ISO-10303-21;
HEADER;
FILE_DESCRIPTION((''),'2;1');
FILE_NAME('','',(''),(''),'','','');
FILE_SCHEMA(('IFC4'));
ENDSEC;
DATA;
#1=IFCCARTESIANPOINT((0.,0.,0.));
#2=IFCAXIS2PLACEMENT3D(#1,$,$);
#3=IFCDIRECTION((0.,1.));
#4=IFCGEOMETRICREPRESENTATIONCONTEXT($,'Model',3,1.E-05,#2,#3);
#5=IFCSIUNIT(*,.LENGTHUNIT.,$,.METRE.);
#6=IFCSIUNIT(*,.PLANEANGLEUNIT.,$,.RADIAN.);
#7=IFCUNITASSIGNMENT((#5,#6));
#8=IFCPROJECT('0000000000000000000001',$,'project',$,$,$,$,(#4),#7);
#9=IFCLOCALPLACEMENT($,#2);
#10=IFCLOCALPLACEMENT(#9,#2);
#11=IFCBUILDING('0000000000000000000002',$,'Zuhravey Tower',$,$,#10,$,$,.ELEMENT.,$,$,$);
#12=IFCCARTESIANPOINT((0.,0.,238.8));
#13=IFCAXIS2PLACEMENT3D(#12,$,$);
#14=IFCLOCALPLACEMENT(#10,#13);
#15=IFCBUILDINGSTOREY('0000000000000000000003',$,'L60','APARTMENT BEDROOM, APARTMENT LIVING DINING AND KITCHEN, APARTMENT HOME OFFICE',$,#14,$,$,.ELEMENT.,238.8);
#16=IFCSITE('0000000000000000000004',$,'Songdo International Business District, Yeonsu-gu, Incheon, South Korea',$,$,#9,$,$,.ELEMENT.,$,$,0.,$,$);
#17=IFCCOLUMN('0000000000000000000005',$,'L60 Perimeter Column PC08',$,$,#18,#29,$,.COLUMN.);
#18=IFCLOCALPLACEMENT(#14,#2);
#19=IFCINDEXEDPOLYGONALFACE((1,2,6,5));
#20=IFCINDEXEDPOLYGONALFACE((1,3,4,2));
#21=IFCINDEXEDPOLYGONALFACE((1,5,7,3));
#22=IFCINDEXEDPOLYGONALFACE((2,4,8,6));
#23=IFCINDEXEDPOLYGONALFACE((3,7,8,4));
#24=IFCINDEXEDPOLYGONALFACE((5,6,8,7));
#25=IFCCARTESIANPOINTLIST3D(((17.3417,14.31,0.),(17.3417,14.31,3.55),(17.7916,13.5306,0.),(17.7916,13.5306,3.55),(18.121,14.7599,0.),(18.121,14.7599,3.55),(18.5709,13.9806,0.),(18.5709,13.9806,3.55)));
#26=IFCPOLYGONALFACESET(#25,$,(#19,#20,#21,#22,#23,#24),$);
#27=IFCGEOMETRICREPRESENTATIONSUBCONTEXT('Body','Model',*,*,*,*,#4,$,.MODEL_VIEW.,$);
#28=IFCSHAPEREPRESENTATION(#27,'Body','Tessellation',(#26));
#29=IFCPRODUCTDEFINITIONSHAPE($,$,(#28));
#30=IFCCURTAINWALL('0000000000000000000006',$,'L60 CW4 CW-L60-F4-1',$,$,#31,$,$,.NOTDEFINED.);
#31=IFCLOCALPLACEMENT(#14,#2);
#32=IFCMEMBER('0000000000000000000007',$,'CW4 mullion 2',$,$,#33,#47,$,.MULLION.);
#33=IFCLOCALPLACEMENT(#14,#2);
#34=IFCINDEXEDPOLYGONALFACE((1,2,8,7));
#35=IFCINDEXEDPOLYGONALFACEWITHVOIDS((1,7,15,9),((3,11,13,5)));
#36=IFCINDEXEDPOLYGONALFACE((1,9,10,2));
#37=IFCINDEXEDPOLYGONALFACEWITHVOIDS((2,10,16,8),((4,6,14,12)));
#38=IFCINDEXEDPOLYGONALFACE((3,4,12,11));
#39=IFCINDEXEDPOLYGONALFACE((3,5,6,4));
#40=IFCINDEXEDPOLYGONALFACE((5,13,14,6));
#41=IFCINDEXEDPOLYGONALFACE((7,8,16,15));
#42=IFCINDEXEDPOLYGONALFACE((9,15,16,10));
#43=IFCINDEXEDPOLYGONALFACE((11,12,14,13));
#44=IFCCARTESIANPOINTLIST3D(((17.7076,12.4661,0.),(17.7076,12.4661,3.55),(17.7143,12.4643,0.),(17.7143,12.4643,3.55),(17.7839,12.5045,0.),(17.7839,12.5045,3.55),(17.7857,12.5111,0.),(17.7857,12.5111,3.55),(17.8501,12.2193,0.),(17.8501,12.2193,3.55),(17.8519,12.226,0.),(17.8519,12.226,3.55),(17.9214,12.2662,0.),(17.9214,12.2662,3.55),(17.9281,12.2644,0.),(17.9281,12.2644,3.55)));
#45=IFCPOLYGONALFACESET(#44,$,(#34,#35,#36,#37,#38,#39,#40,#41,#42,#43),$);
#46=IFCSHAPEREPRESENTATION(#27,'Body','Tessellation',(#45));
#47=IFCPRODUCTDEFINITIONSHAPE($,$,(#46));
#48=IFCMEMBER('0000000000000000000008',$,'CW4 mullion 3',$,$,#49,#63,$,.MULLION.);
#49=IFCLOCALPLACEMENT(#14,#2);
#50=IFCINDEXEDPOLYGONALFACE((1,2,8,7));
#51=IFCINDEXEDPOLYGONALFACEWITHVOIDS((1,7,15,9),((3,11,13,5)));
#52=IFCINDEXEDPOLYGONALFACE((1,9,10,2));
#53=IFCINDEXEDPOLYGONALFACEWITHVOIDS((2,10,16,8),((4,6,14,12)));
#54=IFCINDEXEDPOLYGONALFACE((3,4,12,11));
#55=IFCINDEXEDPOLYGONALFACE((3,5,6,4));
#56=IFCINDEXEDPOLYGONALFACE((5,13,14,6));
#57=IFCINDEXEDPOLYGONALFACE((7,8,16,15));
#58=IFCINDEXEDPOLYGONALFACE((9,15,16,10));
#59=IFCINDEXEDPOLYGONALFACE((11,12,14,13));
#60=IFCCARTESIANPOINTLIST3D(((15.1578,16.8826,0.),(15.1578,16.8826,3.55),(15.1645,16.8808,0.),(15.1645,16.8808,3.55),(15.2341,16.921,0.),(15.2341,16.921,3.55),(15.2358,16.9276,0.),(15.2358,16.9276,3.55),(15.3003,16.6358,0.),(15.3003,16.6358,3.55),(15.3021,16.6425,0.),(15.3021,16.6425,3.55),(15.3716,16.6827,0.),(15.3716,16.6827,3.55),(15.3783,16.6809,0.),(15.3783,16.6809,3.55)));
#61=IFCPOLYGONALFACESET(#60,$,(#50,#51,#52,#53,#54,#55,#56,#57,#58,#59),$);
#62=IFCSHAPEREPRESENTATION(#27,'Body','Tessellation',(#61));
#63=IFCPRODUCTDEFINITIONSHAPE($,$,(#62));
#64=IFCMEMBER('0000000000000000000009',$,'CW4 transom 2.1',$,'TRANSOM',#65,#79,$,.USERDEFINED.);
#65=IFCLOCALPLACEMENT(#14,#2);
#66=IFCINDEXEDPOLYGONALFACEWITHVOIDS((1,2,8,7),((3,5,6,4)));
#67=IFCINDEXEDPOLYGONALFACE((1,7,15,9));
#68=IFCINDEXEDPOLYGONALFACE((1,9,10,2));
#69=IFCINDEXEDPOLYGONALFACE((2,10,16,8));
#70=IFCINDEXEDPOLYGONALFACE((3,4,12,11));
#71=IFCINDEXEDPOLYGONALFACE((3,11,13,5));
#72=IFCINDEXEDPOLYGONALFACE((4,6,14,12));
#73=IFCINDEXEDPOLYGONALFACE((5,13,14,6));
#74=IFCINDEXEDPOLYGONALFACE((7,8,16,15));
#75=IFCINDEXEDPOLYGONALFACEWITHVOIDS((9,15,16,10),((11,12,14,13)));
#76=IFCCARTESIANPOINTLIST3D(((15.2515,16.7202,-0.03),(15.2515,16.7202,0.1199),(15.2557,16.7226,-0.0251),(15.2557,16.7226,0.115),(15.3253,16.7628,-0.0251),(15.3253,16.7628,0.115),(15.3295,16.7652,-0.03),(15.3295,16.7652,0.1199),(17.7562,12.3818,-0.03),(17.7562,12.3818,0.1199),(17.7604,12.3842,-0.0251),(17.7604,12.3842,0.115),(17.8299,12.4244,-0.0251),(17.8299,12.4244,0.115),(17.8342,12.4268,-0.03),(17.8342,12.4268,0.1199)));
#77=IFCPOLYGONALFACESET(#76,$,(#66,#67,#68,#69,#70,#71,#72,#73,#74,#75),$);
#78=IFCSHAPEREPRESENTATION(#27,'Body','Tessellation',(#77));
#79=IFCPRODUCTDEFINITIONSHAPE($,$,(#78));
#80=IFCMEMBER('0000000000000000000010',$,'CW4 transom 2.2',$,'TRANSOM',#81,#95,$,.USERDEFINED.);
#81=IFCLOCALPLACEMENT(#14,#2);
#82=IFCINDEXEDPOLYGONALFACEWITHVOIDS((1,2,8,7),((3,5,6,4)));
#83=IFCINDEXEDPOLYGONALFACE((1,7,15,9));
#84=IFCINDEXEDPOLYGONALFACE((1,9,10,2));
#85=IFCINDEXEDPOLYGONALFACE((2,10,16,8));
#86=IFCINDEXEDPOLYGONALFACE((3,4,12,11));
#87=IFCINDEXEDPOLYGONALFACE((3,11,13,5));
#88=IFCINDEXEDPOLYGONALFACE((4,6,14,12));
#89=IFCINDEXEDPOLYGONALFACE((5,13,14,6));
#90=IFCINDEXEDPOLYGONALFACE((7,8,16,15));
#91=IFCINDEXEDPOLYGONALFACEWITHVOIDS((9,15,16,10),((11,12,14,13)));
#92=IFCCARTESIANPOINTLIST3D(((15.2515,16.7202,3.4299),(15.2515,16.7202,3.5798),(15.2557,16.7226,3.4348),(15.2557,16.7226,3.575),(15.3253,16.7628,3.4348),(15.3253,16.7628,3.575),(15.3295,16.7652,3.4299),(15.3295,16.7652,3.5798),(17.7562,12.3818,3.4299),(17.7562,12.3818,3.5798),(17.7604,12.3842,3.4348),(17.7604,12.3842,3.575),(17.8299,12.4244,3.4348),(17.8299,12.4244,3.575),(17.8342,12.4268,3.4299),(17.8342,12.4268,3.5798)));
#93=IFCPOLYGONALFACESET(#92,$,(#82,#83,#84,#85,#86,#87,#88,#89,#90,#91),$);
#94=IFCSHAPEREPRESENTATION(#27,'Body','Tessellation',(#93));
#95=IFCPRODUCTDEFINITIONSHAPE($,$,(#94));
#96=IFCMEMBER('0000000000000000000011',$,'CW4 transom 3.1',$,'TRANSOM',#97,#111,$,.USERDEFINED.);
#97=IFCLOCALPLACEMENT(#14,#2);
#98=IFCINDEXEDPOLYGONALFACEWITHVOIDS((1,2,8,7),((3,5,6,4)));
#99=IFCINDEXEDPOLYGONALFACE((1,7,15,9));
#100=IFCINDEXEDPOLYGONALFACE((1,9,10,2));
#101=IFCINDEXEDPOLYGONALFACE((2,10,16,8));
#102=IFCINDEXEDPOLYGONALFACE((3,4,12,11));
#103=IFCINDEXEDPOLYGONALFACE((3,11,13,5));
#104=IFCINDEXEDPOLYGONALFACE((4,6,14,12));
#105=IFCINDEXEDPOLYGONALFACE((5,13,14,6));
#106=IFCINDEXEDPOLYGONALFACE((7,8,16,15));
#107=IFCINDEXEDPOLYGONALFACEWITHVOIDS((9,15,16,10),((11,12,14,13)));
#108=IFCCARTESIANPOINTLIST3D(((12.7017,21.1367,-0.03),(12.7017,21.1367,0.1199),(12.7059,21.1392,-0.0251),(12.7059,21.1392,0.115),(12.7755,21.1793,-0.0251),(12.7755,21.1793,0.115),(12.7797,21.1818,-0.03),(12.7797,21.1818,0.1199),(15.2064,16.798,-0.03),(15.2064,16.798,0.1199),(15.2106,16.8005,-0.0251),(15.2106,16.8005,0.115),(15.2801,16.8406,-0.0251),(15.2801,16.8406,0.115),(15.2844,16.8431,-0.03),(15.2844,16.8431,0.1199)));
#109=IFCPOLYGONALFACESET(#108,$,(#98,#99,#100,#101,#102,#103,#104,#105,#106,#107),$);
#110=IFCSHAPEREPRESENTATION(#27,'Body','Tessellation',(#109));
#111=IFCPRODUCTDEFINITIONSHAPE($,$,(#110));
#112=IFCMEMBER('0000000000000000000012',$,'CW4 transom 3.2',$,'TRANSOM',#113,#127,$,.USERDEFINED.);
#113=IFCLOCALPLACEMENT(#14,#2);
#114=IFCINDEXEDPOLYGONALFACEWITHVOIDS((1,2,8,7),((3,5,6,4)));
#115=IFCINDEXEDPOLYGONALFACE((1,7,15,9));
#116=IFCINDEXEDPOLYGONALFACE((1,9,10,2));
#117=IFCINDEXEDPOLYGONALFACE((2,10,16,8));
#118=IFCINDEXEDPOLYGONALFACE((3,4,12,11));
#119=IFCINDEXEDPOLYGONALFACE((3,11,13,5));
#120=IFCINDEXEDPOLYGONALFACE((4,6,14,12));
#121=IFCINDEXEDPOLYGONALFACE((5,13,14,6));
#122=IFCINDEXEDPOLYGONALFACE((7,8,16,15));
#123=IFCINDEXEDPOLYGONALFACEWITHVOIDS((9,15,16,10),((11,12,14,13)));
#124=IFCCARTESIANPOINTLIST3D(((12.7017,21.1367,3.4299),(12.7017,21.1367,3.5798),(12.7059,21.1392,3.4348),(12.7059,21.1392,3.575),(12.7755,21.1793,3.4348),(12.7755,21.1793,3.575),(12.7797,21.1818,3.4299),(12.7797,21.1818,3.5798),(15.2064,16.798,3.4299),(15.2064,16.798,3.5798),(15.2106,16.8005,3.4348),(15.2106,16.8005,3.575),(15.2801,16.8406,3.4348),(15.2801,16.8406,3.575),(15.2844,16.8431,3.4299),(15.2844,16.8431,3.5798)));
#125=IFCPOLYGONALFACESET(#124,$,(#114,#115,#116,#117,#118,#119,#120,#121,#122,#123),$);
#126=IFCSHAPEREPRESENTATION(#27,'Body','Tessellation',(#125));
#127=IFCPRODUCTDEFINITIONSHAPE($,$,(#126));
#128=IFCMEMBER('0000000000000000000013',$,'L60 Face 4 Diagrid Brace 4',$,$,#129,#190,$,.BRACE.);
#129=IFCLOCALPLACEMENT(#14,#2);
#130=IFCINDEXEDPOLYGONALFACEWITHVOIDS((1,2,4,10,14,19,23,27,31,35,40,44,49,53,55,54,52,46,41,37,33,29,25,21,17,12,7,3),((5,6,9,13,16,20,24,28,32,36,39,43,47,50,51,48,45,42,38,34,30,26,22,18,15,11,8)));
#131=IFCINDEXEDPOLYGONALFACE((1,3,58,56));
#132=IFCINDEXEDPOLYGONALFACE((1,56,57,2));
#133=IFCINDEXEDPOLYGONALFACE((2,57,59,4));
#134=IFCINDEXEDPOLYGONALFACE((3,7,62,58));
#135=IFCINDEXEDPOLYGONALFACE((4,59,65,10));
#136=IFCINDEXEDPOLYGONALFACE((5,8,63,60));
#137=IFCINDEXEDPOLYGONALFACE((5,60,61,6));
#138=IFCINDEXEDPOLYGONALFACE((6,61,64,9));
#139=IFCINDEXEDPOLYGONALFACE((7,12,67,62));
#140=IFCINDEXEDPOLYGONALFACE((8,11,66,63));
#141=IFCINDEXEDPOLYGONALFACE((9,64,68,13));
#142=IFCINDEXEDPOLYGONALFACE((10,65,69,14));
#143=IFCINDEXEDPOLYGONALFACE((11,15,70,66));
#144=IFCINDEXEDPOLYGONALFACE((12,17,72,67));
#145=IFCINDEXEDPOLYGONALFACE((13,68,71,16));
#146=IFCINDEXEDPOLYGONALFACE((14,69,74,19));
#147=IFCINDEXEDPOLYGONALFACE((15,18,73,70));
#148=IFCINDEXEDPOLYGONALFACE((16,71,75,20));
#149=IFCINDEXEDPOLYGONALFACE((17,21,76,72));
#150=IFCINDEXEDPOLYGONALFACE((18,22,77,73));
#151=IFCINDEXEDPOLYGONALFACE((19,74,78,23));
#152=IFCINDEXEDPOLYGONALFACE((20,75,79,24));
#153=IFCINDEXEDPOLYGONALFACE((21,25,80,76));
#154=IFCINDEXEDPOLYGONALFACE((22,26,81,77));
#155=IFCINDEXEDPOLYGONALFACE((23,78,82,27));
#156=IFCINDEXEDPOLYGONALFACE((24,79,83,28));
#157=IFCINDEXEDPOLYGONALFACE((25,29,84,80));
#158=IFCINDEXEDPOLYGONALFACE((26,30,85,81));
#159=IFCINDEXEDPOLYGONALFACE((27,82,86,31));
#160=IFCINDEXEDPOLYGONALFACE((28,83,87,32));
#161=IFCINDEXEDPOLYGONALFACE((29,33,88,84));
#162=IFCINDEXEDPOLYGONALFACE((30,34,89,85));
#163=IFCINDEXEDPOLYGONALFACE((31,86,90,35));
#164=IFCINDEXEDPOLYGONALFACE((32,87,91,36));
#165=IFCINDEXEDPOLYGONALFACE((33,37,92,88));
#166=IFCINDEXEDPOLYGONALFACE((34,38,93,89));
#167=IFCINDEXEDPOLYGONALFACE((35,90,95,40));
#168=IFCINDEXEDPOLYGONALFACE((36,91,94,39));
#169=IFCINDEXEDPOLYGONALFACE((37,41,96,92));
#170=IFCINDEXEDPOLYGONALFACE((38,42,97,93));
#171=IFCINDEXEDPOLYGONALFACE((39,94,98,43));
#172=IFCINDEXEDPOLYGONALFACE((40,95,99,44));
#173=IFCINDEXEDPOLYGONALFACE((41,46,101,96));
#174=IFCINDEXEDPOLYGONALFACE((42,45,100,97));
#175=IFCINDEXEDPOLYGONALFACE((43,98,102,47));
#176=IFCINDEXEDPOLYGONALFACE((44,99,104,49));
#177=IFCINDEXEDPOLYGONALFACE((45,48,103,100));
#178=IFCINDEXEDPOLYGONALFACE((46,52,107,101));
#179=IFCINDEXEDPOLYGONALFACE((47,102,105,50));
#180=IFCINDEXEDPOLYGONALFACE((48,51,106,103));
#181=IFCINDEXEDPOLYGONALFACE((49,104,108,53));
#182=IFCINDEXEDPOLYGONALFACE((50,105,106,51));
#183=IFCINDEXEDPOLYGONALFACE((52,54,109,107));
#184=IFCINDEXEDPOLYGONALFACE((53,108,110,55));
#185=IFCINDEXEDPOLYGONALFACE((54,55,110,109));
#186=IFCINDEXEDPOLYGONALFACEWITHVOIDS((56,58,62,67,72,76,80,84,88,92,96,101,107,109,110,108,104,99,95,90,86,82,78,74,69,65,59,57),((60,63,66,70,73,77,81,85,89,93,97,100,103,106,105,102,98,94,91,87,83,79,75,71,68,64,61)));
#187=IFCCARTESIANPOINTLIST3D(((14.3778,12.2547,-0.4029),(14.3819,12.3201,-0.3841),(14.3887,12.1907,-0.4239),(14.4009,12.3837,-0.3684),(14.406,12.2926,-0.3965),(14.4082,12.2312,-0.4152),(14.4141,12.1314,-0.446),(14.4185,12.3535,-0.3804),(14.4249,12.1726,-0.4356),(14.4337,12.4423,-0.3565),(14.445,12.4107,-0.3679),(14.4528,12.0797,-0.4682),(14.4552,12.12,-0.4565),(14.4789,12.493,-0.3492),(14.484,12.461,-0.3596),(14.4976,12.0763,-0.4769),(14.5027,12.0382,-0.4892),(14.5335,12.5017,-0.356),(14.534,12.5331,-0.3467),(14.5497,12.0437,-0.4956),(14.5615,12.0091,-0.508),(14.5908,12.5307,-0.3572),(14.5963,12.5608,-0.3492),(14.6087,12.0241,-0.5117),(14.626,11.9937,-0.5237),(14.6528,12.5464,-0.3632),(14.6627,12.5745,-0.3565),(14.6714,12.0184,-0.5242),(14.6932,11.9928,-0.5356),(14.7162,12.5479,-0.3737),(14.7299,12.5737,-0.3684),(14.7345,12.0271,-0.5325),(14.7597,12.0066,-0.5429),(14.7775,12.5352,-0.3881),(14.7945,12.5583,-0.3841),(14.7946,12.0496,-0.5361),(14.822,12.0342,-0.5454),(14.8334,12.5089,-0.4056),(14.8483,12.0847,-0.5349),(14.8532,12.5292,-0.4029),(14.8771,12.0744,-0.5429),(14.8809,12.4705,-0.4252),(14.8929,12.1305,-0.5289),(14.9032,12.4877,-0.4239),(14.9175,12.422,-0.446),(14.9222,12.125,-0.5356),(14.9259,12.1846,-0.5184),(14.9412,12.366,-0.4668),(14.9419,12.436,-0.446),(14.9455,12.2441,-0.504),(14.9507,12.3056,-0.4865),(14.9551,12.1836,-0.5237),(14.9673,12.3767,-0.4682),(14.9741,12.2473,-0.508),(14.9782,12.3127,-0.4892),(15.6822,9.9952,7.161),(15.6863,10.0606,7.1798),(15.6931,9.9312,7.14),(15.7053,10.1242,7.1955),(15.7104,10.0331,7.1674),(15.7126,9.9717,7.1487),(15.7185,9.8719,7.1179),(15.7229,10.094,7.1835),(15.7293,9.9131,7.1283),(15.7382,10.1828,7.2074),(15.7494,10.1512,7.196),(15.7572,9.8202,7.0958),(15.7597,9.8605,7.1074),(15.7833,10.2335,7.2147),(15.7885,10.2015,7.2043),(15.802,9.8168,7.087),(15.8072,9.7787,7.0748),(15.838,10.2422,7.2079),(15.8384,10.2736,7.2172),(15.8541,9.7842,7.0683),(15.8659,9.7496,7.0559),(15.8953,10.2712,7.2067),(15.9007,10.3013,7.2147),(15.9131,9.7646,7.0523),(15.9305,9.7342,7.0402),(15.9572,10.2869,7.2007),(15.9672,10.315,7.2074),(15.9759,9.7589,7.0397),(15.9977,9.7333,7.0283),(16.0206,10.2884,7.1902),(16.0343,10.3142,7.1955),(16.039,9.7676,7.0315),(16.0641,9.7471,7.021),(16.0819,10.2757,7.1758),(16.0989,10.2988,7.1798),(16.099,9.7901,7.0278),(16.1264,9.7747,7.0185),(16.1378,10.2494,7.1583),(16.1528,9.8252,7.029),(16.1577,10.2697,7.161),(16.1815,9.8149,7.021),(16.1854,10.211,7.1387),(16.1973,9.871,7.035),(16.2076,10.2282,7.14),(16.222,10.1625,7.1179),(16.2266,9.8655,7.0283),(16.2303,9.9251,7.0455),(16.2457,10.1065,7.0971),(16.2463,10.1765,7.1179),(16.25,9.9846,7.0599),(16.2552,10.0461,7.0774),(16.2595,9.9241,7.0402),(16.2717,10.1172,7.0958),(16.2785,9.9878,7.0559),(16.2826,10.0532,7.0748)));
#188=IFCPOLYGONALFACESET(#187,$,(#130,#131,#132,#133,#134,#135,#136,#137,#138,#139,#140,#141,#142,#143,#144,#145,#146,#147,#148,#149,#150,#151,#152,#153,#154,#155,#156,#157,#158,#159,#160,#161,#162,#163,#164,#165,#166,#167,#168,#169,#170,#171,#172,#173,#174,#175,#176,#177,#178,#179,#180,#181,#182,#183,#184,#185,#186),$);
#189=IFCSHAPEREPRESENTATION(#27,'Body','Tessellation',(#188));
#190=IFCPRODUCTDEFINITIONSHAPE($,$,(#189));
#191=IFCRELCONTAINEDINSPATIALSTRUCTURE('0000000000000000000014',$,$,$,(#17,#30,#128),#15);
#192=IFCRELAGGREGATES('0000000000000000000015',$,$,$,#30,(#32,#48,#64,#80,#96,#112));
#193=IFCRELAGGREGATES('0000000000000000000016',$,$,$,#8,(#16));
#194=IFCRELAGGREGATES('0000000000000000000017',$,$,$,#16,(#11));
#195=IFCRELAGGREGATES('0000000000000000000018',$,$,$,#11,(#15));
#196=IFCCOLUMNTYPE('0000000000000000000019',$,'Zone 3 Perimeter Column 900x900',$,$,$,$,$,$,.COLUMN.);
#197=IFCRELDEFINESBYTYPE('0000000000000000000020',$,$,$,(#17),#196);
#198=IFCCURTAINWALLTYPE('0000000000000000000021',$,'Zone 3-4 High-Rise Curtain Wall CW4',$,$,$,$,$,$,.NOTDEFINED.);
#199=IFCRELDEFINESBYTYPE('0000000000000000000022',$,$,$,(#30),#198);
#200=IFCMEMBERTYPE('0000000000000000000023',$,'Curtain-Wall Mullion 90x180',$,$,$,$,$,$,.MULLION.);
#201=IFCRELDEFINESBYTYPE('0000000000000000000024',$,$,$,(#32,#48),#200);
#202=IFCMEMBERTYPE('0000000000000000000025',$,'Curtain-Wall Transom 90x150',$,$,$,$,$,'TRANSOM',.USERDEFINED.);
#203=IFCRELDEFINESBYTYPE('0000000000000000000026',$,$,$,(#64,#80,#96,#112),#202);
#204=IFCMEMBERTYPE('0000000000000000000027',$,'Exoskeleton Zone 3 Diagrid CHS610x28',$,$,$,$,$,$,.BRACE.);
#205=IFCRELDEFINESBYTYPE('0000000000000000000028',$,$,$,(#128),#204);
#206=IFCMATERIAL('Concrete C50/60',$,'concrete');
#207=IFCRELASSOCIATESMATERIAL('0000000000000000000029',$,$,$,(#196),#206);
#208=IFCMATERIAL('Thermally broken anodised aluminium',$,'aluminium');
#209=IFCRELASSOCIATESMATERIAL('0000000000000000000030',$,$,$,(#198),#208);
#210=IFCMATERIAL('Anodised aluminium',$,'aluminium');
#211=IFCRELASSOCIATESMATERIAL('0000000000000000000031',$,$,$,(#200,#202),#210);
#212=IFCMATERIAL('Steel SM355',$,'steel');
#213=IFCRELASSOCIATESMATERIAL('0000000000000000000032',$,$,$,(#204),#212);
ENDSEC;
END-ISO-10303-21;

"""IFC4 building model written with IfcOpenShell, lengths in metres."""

from ifc_helpers import new_model, si_unit, direction, frame, origin, origin_2d, place, context, subcontext, project, spatial, rectangle, hollow_rectangle, hollow_circle, extrude, material, material_profile, profile_set, type_object, element, aggregate, save


model = new_model("IFC4")

# Units and contexts
model_context = context("Model", 3, precision=1e-05, world=origin(), true_north=direction((0.0, 1.0)))
body_context = subcontext(model_context, "Body", "Model", "MODEL_VIEW")
ifc_project = project(units=[si_unit("LENGTHUNIT", "METRE"), si_unit("PLANEANGLEUNIT", "RADIAN")], contexts=[model_context])

# Site, building, storey
site_placement = place(None, origin())
site = spatial("IfcSite", under=ifc_project, at=site_placement, Name="Songdo International Business District, Yeonsu-gu, Incheon, South Korea", CompositionType="ELEMENT", RefElevation=0.0)
building_placement = place(site_placement, origin())
building = spatial("IfcBuilding", under=site, at=building_placement, Name="Zuhravey Tower", CompositionType="ELEMENT")
storey_placement = place(building_placement, frame((0.0, 0.0, 238.8)))
storey = spatial("IfcBuildingStorey", under=building, at=storey_placement, Name="L60", Description="APARTMENT BEDROOM, APARTMENT LIVING DINING AND KITCHEN, APARTMENT HOME OFFICE", CompositionType="ELEMENT", Elevation=238.8)

# Column
ifc_material_1 = material(Name="Concrete C50/60", Category="concrete")
ifc_material_profile_1 = material_profile(ifc_material_1, rectangle(XDim=0.8999, YDim=0.8999, at=origin_2d()), Name="RC-900x900")
ifc_profile_set_1 = profile_set([ifc_material_profile_1], Name="Concrete C50/60")
column_type = type_object("IfcColumnType", Name="Zone 3 Perimeter Column 900x900", PredefinedType="COLUMN", material=ifc_profile_set_1)
column_placement = place(storey_placement, frame((17.9563, 14.1453, 0.0), z_axis=(0.0, 0.0, 1.0), x_axis=(0.5, -0.866025, 0.0)))
element("IfcColumn", 1, at=column_placement, inside=storey, type_object=column_type, Name="L60 Perimeter Column PC08", PredefinedType="COLUMN", context=body_context, shape_type="SweptSolid", body=[
    extrude(rectangle(XDim=0.8999, YDim=0.8999, at=origin_2d()), origin(), (0.0, 0.0, 1.0), 3.55),
])

# Curtain wall, members
ifc_material_2 = material(Name="Thermally broken anodised aluminium", Category="aluminium")
curtain_wall_type = type_object("IfcCurtainWallType", Name="Zone 3-4 High-Rise Curtain Wall CW4", PredefinedType="NOTDEFINED", material=ifc_material_2)
curtain_wall_placement = place(storey_placement, origin())
curtain_wall = element("IfcCurtainWall", 2, at=curtain_wall_placement, inside=storey, type_object=curtain_wall_type, Name="L60 CW4 CW-L60-F4-1", PredefinedType="NOTDEFINED")
ifc_material_3 = material(Name="Anodised aluminium", Category="aluminium")
ifc_material_profile_2 = material_profile(ifc_material_3, hollow_rectangle(XDim=0.0901, YDim=0.2849, WallThickness=0.0049, at=origin_2d()), Name="ALU-RHS-90x285x5")
ifc_profile_set_2 = profile_set([ifc_material_profile_2], Name="Anodised aluminium")
member_type_1 = type_object("IfcMemberType", Name="Curtain-Wall Mullion 90x180", PredefinedType="MULLION", material=ifc_profile_set_2)
member_1_placement = place(storey_placement, frame((17.8179, 12.3652, 0.0), z_axis=(0.0, 0.0, 1.0), x_axis=(-0.866024, -0.500002, 0.0)))
member_1 = element("IfcMember", 3, at=member_1_placement, type_object=member_type_1, Name="CW4 mullion 2", PredefinedType="MULLION", context=body_context, shape_type="SweptSolid", body=[
    extrude(hollow_rectangle(XDim=0.0901, YDim=0.2849, WallThickness=0.0049, at=origin_2d()), origin(), (0.0, 0.0, 1.0), 3.55),
])
member_2_placement = place(storey_placement, frame((15.2681, 16.7817, 0.0), z_axis=(0.0, 0.0, 1.0), x_axis=(-0.866024, -0.500002, 0.0)))
member_2 = element("IfcMember", 4, at=member_2_placement, type_object=member_type_1, Name="CW4 mullion 3", PredefinedType="MULLION", context=body_context, shape_type="SweptSolid", body=[
    extrude(hollow_rectangle(XDim=0.0901, YDim=0.2849, WallThickness=0.0049, at=origin_2d()), origin(), (0.0, 0.0, 1.0), 3.55),
])
ifc_material_profile_3 = material_profile(ifc_material_3, hollow_rectangle(XDim=0.0901, YDim=0.1499, WallThickness=0.0049, at=origin_2d()), Name="ALU-RHS-90x150x5")
ifc_profile_set_3 = profile_set([ifc_material_profile_3], Name="Anodised aluminium")
member_type_2 = type_object("IfcMemberType", Name="Curtain-Wall Transom 90x150", ElementType="TRANSOM", PredefinedType="USERDEFINED", material=ifc_profile_set_3)
member_3_placement = place(storey_placement, frame((17.7952, 12.4043, 0.0449), z_axis=(-0.499981, 0.866036, 0.0), x_axis=(-0.866036, -0.499981, 0.0)))
member_3 = element("IfcMember", 5, at=member_3_placement, type_object=member_type_2, Name="CW4 transom 2.1", ObjectType="TRANSOM", PredefinedType="USERDEFINED", context=body_context, shape_type="SweptSolid", body=[
    extrude(hollow_rectangle(XDim=0.0901, YDim=0.1499, WallThickness=0.0049, at=origin_2d()), origin(), (0.0, 0.0, 1.0), 5.0095),
])
member_4_placement = place(storey_placement, frame((17.7952, 12.4043, 3.5049), z_axis=(-0.499981, 0.866036, 0.0), x_axis=(-0.866036, -0.499981, 0.0)))
member_4 = element("IfcMember", 6, at=member_4_placement, type_object=member_type_2, Name="CW4 transom 2.2", ObjectType="TRANSOM", PredefinedType="USERDEFINED", context=body_context, shape_type="SweptSolid", body=[
    extrude(hollow_rectangle(XDim=0.0901, YDim=0.1499, WallThickness=0.0049, at=origin_2d()), origin(), (0.0, 0.0, 1.0), 5.0095),
])
member_5_placement = place(storey_placement, frame((15.2454, 16.8206, 0.0449), z_axis=(-0.49996, 0.866048, 0.0), x_axis=(-0.866048, -0.49996, 0.0)))
member_5 = element("IfcMember", 7, at=member_5_placement, type_object=member_type_2, Name="CW4 transom 3.1", ObjectType="TRANSOM", PredefinedType="USERDEFINED", context=body_context, shape_type="SweptSolid", body=[
    extrude(hollow_rectangle(XDim=0.0901, YDim=0.1499, WallThickness=0.0049, at=origin_2d()), origin(), (0.0, 0.0, 1.0), 5.0098),
])
member_6_placement = place(storey_placement, frame((15.2454, 16.8206, 3.5049), z_axis=(-0.49996, 0.866048, 0.0), x_axis=(-0.866048, -0.49996, 0.0)))
member_6 = element("IfcMember", 8, at=member_6_placement, type_object=member_type_2, Name="CW4 transom 3.2", ObjectType="TRANSOM", PredefinedType="USERDEFINED", context=body_context, shape_type="SweptSolid", body=[
    extrude(hollow_rectangle(XDim=0.0901, YDim=0.1499, WallThickness=0.0049, at=origin_2d()), origin(), (0.0, 0.0, 1.0), 5.0098),
])

# Member
ifc_material_4 = material(Name="Steel SM355", Category="steel")
ifc_material_profile_4 = material_profile(ifc_material_4, hollow_circle(Radius=0.3047, WallThickness=0.0281, at=origin_2d()), Name="CHS-609.6x28")
ifc_profile_set_4 = profile_set([ifc_material_profile_4], Name="Steel SM355")
member_type_3 = type_object("IfcMemberType", Name="Exoskeleton Zone 3 Diagrid CHS610x28", PredefinedType="BRACE", material=ifc_profile_set_4)
member_7_placement = place(storey_placement, frame((14.678, 12.2837, -0.446), z_axis=(0.163029, -0.282395, 0.945344), x_axis=(0.866041, 0.499974, 0.0)))
element("IfcMember", 9, at=member_7_placement, inside=storey, type_object=member_type_3, Name="L60 Face 4 Diagrid Brace 4", PredefinedType="BRACE", context=body_context, shape_type="SweptSolid", body=[
    extrude(hollow_circle(Radius=0.3047, WallThickness=0.0281, at=origin_2d()), origin(), (0.0, 0.0, 1.0), 8.0012),
])

aggregate(curtain_wall, [member_1, member_2, member_3, member_4, member_5, member_6])

save(model, "model.ifc")
